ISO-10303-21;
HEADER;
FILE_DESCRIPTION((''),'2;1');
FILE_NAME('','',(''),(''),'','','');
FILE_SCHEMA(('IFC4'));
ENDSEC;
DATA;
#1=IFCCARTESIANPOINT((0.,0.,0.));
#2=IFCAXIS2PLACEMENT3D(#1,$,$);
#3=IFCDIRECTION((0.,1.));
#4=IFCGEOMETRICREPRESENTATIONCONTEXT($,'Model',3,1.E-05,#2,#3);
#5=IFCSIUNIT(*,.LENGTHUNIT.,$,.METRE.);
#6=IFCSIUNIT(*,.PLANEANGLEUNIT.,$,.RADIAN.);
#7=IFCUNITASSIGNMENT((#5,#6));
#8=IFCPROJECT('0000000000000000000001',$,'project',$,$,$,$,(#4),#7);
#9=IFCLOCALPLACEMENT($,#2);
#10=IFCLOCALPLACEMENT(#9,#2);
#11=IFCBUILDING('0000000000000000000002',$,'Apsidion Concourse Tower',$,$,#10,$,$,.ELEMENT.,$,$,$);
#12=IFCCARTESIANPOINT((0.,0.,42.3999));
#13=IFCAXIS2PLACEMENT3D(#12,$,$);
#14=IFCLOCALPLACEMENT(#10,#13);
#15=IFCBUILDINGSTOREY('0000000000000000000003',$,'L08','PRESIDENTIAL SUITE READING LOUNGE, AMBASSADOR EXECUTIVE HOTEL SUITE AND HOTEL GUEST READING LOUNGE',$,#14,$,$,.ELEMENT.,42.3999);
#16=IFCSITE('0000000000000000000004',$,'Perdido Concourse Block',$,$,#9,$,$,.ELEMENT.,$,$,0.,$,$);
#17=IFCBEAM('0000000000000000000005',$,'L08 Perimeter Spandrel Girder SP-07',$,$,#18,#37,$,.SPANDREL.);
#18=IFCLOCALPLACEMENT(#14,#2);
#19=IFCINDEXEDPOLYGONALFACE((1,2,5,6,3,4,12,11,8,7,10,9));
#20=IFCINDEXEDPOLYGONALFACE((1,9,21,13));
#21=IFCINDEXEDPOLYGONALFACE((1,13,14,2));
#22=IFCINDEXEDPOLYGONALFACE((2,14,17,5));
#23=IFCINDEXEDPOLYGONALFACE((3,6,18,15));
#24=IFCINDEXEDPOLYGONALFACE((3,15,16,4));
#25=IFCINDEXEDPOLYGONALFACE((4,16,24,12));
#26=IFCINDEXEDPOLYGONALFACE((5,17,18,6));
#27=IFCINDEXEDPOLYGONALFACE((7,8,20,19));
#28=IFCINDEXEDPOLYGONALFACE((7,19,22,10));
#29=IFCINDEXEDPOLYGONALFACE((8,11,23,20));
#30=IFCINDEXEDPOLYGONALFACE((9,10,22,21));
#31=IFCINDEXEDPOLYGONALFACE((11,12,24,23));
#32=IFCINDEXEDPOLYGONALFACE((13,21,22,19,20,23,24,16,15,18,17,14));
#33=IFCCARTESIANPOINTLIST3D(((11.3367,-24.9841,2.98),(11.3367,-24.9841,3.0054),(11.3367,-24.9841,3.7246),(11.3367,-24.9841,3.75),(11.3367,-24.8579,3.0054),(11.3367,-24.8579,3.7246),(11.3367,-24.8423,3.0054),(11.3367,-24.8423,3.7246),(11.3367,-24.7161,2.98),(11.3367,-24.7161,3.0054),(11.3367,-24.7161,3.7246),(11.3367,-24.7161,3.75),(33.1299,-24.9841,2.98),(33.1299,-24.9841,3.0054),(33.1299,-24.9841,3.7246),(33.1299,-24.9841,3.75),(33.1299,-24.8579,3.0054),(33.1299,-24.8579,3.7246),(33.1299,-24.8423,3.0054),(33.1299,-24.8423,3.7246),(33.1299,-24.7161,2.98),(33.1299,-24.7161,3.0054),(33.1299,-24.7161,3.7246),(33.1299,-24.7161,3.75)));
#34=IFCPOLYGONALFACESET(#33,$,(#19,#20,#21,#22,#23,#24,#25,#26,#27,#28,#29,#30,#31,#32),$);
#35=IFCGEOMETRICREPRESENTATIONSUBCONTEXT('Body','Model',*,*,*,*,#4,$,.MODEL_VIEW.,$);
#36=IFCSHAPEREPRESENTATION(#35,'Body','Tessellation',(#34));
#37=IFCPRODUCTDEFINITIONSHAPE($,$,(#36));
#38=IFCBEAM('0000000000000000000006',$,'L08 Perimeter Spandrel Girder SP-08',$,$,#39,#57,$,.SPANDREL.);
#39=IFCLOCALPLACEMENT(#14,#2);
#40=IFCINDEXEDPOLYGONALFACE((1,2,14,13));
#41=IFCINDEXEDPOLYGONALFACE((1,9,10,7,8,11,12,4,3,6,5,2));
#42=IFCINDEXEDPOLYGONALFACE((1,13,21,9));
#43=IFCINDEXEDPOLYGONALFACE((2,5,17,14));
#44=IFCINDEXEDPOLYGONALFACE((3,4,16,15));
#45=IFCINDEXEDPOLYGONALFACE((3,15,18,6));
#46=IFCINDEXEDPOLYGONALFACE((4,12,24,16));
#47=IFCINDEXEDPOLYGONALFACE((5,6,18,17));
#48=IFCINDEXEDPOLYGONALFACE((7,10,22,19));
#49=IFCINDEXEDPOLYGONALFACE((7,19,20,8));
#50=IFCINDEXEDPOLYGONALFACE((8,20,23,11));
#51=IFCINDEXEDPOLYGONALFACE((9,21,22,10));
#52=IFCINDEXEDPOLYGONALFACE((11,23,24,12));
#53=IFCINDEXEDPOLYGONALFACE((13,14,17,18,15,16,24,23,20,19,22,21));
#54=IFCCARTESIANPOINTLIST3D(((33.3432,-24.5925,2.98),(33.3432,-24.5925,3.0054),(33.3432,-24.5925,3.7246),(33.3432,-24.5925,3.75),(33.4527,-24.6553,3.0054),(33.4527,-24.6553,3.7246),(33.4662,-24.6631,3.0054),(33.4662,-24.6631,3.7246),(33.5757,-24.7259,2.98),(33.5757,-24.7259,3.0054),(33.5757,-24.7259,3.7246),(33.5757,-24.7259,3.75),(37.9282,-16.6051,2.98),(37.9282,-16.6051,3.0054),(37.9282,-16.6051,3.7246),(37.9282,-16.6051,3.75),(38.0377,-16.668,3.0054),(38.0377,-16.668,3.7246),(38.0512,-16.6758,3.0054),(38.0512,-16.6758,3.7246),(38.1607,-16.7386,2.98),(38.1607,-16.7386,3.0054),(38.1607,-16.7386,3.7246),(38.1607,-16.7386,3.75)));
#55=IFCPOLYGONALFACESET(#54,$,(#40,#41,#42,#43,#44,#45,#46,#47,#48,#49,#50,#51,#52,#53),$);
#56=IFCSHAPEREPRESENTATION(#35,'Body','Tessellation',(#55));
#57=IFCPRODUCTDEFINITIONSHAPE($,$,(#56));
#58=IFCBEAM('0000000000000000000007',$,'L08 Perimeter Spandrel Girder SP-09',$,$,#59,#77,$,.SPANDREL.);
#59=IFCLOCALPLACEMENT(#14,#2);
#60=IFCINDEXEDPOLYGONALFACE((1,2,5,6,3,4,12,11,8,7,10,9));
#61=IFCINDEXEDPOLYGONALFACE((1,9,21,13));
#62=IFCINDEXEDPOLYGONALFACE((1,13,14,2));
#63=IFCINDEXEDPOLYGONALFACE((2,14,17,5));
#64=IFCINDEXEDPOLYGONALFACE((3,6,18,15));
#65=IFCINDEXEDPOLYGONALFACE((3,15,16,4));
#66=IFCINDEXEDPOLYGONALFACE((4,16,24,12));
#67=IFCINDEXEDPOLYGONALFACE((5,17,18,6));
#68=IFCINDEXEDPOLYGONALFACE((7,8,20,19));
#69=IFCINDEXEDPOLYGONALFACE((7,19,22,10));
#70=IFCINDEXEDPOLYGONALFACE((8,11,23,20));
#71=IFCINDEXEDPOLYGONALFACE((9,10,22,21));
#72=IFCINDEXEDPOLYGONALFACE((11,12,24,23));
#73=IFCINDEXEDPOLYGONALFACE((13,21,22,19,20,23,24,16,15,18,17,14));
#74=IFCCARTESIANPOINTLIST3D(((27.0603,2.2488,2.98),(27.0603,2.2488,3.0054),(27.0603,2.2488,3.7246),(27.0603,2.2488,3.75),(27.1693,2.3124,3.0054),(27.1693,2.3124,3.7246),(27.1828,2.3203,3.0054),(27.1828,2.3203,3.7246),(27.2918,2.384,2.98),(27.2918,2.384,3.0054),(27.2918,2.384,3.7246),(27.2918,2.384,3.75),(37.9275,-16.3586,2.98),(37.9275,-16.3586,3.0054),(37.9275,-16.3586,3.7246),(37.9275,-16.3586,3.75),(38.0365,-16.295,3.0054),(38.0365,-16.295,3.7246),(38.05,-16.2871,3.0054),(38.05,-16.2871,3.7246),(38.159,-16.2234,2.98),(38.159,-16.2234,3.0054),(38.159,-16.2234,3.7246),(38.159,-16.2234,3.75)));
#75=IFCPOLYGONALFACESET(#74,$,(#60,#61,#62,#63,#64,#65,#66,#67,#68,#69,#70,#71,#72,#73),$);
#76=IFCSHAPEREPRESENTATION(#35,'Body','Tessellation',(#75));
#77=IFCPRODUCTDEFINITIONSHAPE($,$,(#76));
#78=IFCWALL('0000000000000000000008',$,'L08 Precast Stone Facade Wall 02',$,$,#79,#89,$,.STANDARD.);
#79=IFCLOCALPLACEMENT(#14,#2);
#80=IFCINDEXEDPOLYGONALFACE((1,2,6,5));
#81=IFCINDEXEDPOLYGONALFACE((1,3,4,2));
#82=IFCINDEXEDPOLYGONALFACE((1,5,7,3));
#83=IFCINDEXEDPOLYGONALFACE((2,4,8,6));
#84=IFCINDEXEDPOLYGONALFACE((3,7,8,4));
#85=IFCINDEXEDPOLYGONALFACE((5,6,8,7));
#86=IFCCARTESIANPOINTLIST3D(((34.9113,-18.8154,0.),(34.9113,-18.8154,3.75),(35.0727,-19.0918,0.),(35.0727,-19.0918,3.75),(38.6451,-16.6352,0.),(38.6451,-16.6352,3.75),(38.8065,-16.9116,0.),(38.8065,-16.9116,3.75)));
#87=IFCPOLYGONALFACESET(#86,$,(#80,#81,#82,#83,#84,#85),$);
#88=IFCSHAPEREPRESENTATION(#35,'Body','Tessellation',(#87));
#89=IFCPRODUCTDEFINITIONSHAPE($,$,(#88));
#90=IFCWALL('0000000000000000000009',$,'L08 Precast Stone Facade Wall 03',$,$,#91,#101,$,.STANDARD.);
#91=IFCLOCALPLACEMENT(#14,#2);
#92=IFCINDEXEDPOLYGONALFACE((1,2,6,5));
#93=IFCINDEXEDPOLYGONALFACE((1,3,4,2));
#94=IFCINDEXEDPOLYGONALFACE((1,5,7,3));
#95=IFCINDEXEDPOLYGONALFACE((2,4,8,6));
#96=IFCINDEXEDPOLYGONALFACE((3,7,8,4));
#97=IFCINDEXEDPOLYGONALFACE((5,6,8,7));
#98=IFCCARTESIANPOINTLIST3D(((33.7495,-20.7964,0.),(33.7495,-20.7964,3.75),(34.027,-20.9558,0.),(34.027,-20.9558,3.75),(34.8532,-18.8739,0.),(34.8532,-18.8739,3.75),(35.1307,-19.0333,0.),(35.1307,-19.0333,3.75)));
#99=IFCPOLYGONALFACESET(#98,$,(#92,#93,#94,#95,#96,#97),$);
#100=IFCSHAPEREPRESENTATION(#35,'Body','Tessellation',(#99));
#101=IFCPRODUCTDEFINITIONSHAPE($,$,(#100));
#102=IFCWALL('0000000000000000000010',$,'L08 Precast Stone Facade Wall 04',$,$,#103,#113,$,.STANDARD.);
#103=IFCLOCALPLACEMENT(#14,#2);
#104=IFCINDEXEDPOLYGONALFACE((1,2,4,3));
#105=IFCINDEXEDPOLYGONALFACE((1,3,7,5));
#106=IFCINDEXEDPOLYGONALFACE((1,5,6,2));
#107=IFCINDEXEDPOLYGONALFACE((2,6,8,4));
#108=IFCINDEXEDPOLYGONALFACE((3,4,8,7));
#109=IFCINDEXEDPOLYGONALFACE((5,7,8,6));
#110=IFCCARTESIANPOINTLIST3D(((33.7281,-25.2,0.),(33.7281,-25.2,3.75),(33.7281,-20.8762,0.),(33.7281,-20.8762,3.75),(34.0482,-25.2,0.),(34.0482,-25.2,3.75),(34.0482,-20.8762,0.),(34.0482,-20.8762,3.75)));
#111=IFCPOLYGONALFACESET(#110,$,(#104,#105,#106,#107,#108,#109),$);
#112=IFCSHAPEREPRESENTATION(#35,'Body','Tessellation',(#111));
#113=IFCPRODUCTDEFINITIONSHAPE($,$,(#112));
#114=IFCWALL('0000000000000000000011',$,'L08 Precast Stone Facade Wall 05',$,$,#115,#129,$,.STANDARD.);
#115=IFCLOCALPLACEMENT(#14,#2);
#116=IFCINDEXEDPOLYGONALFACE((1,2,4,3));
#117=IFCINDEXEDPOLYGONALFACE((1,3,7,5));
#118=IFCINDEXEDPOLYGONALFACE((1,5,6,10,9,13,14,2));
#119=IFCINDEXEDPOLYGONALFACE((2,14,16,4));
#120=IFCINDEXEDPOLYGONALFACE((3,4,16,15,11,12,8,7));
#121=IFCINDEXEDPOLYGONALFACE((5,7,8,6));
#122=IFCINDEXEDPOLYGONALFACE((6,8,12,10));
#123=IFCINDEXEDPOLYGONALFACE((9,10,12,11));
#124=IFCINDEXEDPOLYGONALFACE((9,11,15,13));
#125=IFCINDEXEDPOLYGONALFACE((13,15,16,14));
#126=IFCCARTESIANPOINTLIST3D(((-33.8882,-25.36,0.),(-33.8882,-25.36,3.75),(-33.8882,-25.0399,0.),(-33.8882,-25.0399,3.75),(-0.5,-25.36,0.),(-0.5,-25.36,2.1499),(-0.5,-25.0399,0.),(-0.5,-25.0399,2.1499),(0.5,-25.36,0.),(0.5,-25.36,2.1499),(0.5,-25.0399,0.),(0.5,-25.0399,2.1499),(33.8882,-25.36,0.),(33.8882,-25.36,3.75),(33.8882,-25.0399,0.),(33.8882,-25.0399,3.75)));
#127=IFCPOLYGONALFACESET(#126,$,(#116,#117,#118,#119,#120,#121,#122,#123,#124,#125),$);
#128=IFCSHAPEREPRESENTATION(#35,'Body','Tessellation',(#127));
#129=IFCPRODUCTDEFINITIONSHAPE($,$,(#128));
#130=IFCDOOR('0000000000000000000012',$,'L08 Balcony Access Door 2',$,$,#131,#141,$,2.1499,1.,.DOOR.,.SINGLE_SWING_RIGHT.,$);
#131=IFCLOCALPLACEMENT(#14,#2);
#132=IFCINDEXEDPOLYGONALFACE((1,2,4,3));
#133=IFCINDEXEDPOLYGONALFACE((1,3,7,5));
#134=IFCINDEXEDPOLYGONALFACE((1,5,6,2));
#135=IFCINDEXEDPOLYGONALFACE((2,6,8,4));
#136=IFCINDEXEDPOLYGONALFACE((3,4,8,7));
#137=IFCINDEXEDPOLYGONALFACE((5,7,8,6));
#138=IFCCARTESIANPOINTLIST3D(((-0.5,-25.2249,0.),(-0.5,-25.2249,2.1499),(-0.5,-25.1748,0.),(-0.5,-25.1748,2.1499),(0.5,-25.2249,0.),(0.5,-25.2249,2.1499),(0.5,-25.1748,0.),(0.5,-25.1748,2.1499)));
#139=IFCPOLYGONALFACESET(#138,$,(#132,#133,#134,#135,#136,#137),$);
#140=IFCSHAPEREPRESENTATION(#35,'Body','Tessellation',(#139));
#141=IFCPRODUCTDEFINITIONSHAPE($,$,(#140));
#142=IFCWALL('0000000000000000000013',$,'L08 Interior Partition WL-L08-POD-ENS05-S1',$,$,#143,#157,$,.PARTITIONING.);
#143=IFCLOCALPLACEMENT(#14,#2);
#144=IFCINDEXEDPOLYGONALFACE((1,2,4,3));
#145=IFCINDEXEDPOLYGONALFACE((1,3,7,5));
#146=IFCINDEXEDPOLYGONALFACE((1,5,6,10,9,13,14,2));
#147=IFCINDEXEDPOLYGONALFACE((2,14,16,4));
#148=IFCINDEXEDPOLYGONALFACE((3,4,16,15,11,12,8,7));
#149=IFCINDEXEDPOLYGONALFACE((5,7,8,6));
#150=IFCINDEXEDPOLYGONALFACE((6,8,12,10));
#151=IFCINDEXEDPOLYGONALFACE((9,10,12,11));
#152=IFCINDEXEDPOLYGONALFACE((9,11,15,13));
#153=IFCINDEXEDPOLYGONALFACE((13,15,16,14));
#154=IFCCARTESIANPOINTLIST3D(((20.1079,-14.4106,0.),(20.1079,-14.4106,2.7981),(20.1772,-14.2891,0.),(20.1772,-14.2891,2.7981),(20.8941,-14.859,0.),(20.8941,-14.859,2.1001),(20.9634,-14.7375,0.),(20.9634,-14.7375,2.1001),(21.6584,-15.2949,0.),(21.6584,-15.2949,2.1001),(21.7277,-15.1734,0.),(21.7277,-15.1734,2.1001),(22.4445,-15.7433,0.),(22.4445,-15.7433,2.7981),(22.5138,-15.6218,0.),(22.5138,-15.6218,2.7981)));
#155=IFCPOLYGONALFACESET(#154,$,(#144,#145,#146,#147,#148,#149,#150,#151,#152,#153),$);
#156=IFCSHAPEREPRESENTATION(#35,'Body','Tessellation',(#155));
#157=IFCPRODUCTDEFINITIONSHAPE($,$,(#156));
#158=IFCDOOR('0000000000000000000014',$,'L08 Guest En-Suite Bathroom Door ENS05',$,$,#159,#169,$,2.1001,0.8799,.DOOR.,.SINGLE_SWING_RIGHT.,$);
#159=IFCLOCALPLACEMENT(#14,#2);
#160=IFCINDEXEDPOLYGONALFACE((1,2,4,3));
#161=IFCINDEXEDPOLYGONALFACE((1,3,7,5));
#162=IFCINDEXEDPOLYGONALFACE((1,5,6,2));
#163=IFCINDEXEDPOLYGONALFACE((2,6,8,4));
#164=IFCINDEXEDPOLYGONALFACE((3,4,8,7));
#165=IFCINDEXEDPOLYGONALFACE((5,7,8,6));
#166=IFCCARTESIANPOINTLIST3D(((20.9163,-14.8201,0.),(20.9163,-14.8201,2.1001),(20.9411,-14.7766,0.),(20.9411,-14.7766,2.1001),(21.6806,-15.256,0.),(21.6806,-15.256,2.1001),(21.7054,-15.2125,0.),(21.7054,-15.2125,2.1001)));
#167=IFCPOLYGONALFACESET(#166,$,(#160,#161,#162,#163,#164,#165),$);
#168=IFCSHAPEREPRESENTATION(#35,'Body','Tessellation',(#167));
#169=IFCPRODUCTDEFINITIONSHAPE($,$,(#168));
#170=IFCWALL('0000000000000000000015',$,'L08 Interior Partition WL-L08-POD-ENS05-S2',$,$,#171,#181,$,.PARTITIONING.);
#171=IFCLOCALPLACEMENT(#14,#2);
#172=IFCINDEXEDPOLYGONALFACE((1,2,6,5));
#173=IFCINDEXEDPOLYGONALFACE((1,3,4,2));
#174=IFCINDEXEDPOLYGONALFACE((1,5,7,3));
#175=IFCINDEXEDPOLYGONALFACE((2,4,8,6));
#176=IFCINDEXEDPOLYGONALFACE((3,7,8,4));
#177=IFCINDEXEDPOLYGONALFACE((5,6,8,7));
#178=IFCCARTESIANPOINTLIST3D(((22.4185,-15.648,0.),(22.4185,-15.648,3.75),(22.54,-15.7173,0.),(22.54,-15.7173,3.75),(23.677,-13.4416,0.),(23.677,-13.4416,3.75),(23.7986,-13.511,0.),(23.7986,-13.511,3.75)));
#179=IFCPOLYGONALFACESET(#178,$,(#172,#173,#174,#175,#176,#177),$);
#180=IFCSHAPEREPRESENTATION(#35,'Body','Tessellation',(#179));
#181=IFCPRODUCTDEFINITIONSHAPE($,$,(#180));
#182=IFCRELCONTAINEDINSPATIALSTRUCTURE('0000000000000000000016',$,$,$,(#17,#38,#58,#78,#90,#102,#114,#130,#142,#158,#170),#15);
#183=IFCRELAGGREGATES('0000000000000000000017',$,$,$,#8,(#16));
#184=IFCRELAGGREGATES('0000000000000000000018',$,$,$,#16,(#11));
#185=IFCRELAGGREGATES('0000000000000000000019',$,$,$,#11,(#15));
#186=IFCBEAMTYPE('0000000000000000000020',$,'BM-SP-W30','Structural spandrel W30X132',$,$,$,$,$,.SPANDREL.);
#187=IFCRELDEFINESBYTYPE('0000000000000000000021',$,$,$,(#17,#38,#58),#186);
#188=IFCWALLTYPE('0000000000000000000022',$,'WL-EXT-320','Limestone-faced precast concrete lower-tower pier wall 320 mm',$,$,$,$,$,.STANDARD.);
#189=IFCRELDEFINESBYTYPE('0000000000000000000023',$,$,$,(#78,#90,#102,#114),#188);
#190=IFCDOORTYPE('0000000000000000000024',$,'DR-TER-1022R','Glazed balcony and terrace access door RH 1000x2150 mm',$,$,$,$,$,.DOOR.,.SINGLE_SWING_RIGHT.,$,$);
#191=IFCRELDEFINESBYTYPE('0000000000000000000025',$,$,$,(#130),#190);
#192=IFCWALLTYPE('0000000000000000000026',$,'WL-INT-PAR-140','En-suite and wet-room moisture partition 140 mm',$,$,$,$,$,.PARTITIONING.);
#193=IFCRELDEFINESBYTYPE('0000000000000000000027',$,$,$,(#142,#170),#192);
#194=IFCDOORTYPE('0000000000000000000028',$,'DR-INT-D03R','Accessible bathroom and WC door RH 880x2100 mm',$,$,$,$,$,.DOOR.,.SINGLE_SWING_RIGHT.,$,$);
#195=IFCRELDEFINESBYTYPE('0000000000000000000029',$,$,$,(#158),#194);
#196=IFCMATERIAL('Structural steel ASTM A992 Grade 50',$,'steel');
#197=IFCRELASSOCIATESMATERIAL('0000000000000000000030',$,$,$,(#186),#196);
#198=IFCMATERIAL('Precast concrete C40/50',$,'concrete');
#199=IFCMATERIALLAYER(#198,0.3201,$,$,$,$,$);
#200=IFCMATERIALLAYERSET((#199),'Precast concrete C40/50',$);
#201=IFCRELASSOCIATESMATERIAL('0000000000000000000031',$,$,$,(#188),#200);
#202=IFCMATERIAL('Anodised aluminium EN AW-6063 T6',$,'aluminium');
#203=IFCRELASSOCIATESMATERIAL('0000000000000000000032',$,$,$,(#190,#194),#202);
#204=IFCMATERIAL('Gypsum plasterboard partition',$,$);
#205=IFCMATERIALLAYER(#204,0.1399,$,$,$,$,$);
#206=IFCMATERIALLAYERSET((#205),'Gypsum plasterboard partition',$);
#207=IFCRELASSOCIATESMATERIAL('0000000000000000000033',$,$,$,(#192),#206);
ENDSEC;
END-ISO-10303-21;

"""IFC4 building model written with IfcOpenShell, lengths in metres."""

from ifc_helpers import new_model, si_unit, direction, frame, frame_2d, origin, origin_2d, place, context, subcontext, project, spatial, rectangle, i_section, extrude, material, layer, layer_set, material_profile, profile_set, type_object, element, fill, save


model = new_model("IFC4")

# Units and contexts
model_context = context("Model", 3, precision=1e-05, world=origin(), true_north=direction((0.0, 1.0)))
body_context = subcontext(model_context, "Body", "Model", "MODEL_VIEW")
ifc_project = project(units=[si_unit("LENGTHUNIT", "METRE"), si_unit("PLANEANGLEUNIT", "RADIAN")], contexts=[model_context])

# Site, building, storey
site_placement = place(None, origin())
site = spatial("IfcSite", under=ifc_project, at=site_placement, Name="Perdido Concourse Block", CompositionType="ELEMENT", RefElevation=0.0)
building_placement = place(site_placement, origin())
building = spatial("IfcBuilding", under=site, at=building_placement, Name="Apsidion Concourse Tower", CompositionType="ELEMENT")
storey_placement = place(building_placement, frame((0.0, 0.0, 42.3999)))
storey = spatial("IfcBuildingStorey", under=building, at=storey_placement, Name="L08", Description="PRESIDENTIAL SUITE READING LOUNGE, AMBASSADOR EXECUTIVE HOTEL SUITE AND HOTEL GUEST READING LOUNGE", CompositionType="ELEMENT", Elevation=42.3999)

# Beams
ifc_material_1 = material(Name="Structural steel ASTM A992 Grade 50", Category="steel")
ifc_material_profile_1 = material_profile(ifc_material_1, i_section(OverallWidth=0.2681, OverallDepth=0.77, WebThickness=0.0156, FlangeThickness=0.0254, at=origin_2d()), Name="W30X132")
ifc_profile_set_1 = profile_set([ifc_material_profile_1], Name="Structural steel ASTM A992 Grade 50")
beam_type_1 = type_object("IfcBeamType", Name="BM-SP-W30", Description="Structural spandrel W30X132", PredefinedType="SPANDREL", material=ifc_profile_set_1)
beam_1_placement = place(storey_placement, frame((11.3367, -24.8501, 3.365), z_axis=(1.0, 0.0, 0.0), x_axis=(0.0, 1.0, 0.0)))
element("IfcBeam", 1, at=beam_1_placement, inside=storey, type_object=beam_type_1, Name="L08 Perimeter Spandrel Girder SP-07", PredefinedType="SPANDREL", context=body_context, shape_type="SweptSolid", body=[
    extrude(i_section(OverallWidth=0.2681, OverallDepth=0.77, WebThickness=0.0156, FlangeThickness=0.0254, at=origin_2d()), origin(), (0.0, 0.0, 1.0), 21.7932),
])
beam_2_placement = place(storey_placement, frame((33.4595, -24.6592, 3.365), z_axis=(0.497839, 0.867269, 0.0), x_axis=(-0.867269, 0.497839, 0.0)))
element("IfcBeam", 2, at=beam_2_placement, inside=storey, type_object=beam_type_1, Name="L08 Perimeter Spandrel Girder SP-08", PredefinedType="SPANDREL", context=body_context, shape_type="SweptSolid", body=[
    extrude(i_section(OverallWidth=0.2681, OverallDepth=0.77, WebThickness=0.0156, FlangeThickness=0.0254, at=origin_2d()), origin(), (0.0, 0.0, 1.0), 9.2097),
])
beam_3_placement = place(storey_placement, frame((38.0432, -16.291, 3.365), z_axis=(-0.504316, 0.863519, 0.0), x_axis=(-0.863519, -0.504316, 0.0)))
element("IfcBeam", 3, at=beam_3_placement, inside=storey, type_object=beam_type_1, Name="L08 Perimeter Spandrel Girder SP-09", PredefinedType="SPANDREL", context=body_context, shape_type="SweptSolid", body=[
    extrude(i_section(OverallWidth=0.2681, OverallDepth=0.77, WebThickness=0.0156, FlangeThickness=0.0254, at=origin_2d()), origin(), (0.0, 0.0, 1.0), 21.5483),
])

# Walls
ifc_material_2 = material(Name="Precast concrete C40/50", Category="concrete")
ifc_layer_1 = layer(ifc_material_2, 0.3201)
ifc_layer_set_1 = layer_set([ifc_layer_1], Name="Precast concrete C40/50")
wall_type_1 = type_object("IfcWallType", Name="WL-EXT-320", Description="Limestone-faced precast concrete lower-tower pier wall 320 mm", PredefinedType="STANDARD", material=ifc_layer_set_1)
wall_1_placement = place(storey_placement, frame((38.7258, -16.7734, 0.0), z_axis=(0.0, 0.0, 1.0), x_axis=(-0.86357, -0.504229, 0.0)))
element("IfcWall", 4, at=wall_1_placement, inside=storey, type_object=wall_type_1, Name="L08 Precast Stone Facade Wall 02", PredefinedType="STANDARD", context=body_context, shape_type="SweptSolid", body=[
    extrude(rectangle(XDim=4.3237, YDim=0.3201, at=frame_2d((2.1619, 0.0))), origin(), (0.0, 0.0, 1.0), 3.75),
])
wall_2_placement = place(storey_placement, frame((34.9919, -18.9536, 0.0), z_axis=(0.0, 0.0, 1.0), x_axis=(-0.497881, -0.867245, 0.0)))
element("IfcWall", 5, at=wall_2_placement, inside=storey, type_object=wall_type_1, Name="L08 Precast Stone Facade Wall 03", PredefinedType="STANDARD", context=body_context, shape_type="SweptSolid", body=[
    extrude(rectangle(XDim=2.2168, YDim=0.3201, at=frame_2d((1.1084, 0.0))), origin(), (0.0, 0.0, 1.0), 3.75),
])
wall_3_placement = place(storey_placement, frame((33.8882, -20.8762, 0.0), z_axis=(0.0, 0.0, 1.0), x_axis=(0.0, -1.0, 0.0)))
element("IfcWall", 6, at=wall_3_placement, inside=storey, type_object=wall_type_1, Name="L08 Precast Stone Facade Wall 04", PredefinedType="STANDARD", context=body_context, shape_type="SweptSolid", body=[
    extrude(rectangle(XDim=4.3237, YDim=0.3201, at=frame_2d((2.1619, 0.0))), origin(), (0.0, 0.0, 1.0), 3.75),
])

# Walls, openings, doors
wall_4_placement = place(storey_placement, frame((33.8882, -25.2, 0.0), z_axis=(0.0, 0.0, 1.0), x_axis=(-1.0, 0.0, 0.0)))
wall_4 = element("IfcWall", 7, at=wall_4_placement, inside=storey, type_object=wall_type_1, Name="L08 Precast Stone Facade Wall 05", PredefinedType="STANDARD", context=body_context, shape_type="SweptSolid", body=[
    extrude(rectangle(XDim=67.7764, YDim=0.3201, at=frame_2d((33.8882, 0.0))), origin(), (0.0, 0.0, 1.0), 3.75),
])
opening_1_placement = place(wall_4_placement, frame((33.3882, 0.0, 0.0)))
opening_1 = element("IfcOpeningElement", 8, at=opening_1_placement, cuts=wall_4, PredefinedType="OPENING", context=body_context, shape_type="SweptSolid", body=[
    extrude(rectangle(XDim=1.0, YDim=2.1499, at=frame_2d((0.5, 1.075))), frame((0.0, 0.1699, 0.0), z_axis=(0.0, -1.0, 0.0), x_axis=(1.0, 0.0, 0.0)), (0.0, 0.0, 1.0), 0.3401),
])
ifc_material_3 = material(Name="Anodised aluminium EN AW-6063 T6", Category="aluminium")
door_type_1 = type_object("IfcDoorType", Name="DR-TER-1022R", Description="Glazed balcony and terrace access door RH 1000x2150 mm", OperationType="SINGLE_SWING_RIGHT", PredefinedType="DOOR", material=ifc_material_3)
door_1_placement = place(opening_1_placement, origin())
door_1 = element("IfcDoor", 9, at=door_1_placement, inside=storey, type_object=door_type_1, Name="L08 Balcony Access Door 2", OperationType="SINGLE_SWING_RIGHT", OverallHeight=2.1499, OverallWidth=1.0, PredefinedType="DOOR", context=body_context, shape_type="SweptSolid", body=[
    extrude(rectangle(XDim=1.0, YDim=2.1499, at=frame_2d((0.5, 1.075))), frame((0.0, 0.0249, 0.0), z_axis=(0.0, -1.0, 0.0), x_axis=(1.0, 0.0, 0.0)), (0.0, 0.0, 1.0), 0.05),
])
fill(opening_1, door_1)
ifc_material_4 = material(Name="Gypsum plasterboard partition")
ifc_layer_2 = layer(ifc_material_4, 0.1399)
ifc_layer_set_2 = layer_set([ifc_layer_2], Name="Gypsum plasterboard partition")
wall_type_2 = type_object("IfcWallType", Name="WL-INT-PAR-140", Description="En-suite and wet-room moisture partition 140 mm", PredefinedType="PARTITIONING", material=ifc_layer_set_2)
wall_5_placement = place(storey_placement, frame((20.1426, -14.3499, 0.0), z_axis=(0.0, 0.0, 1.0), x_axis=(0.868639, -0.495445, 0.0)))
wall_5 = element("IfcWall", 10, at=wall_5_placement, inside=storey, type_object=wall_type_2, Name="L08 Interior Partition WL-L08-POD-ENS05-S1", PredefinedType="PARTITIONING", context=body_context, shape_type="SweptSolid", body=[
    extrude(rectangle(XDim=2.6899, YDim=0.1399, at=frame_2d((1.345, 0.0))), origin(), (0.0, 0.0, 1.0), 2.7981),
])
opening_2_placement = place(wall_5_placement, frame((0.905, 0.0, 0.0)))
opening_2 = element("IfcOpeningElement", 11, at=opening_2_placement, cuts=wall_5, PredefinedType="OPENING", context=body_context, shape_type="SweptSolid", body=[
    extrude(rectangle(XDim=0.8799, YDim=2.1001, at=frame_2d((0.4399, 1.05))), frame((0.0, 0.0801, 0.0), z_axis=(0.0, -1.0, 0.0), x_axis=(1.0, 0.0, 0.0)), (0.0, 0.0, 1.0), 0.1599),
])
door_type_2 = type_object("IfcDoorType", Name="DR-INT-D03R", Description="Accessible bathroom and WC door RH 880x2100 mm", OperationType="SINGLE_SWING_RIGHT", PredefinedType="DOOR", material=ifc_material_3)
door_2_placement = place(opening_2_placement, origin())
door_2 = element("IfcDoor", 12, at=door_2_placement, inside=storey, type_object=door_type_2, Name="L08 Guest En-Suite Bathroom Door ENS05", OperationType="SINGLE_SWING_RIGHT", OverallHeight=2.1001, OverallWidth=0.8799, PredefinedType="DOOR", context=body_context, shape_type="SweptSolid", body=[
    extrude(rectangle(XDim=0.8799, YDim=2.1001, at=frame_2d((0.4399, 1.05))), frame((0.0, 0.0249, 0.0), z_axis=(0.0, -1.0, 0.0), x_axis=(1.0, 0.0, 0.0)), (0.0, 0.0, 1.0), 0.05),
])
fill(opening_2, door_2)

# Wall
wall_6_placement = place(storey_placement, frame((22.4792, -15.6826, 0.0), z_axis=(0.0, 0.0, 1.0), x_axis=(0.495487, 0.868616, 0.0)))
element("IfcWall", 13, at=wall_6_placement, inside=storey, type_object=wall_type_2, Name="L08 Interior Partition WL-L08-POD-ENS05-S2", PredefinedType="PARTITIONING", context=body_context, shape_type="SweptSolid", body=[
    extrude(rectangle(XDim=2.54, YDim=0.1399, at=frame_2d((1.27, 0.0))), origin(), (0.0, 0.0, 1.0), 3.75),
])

save(model, "model.ifc")
